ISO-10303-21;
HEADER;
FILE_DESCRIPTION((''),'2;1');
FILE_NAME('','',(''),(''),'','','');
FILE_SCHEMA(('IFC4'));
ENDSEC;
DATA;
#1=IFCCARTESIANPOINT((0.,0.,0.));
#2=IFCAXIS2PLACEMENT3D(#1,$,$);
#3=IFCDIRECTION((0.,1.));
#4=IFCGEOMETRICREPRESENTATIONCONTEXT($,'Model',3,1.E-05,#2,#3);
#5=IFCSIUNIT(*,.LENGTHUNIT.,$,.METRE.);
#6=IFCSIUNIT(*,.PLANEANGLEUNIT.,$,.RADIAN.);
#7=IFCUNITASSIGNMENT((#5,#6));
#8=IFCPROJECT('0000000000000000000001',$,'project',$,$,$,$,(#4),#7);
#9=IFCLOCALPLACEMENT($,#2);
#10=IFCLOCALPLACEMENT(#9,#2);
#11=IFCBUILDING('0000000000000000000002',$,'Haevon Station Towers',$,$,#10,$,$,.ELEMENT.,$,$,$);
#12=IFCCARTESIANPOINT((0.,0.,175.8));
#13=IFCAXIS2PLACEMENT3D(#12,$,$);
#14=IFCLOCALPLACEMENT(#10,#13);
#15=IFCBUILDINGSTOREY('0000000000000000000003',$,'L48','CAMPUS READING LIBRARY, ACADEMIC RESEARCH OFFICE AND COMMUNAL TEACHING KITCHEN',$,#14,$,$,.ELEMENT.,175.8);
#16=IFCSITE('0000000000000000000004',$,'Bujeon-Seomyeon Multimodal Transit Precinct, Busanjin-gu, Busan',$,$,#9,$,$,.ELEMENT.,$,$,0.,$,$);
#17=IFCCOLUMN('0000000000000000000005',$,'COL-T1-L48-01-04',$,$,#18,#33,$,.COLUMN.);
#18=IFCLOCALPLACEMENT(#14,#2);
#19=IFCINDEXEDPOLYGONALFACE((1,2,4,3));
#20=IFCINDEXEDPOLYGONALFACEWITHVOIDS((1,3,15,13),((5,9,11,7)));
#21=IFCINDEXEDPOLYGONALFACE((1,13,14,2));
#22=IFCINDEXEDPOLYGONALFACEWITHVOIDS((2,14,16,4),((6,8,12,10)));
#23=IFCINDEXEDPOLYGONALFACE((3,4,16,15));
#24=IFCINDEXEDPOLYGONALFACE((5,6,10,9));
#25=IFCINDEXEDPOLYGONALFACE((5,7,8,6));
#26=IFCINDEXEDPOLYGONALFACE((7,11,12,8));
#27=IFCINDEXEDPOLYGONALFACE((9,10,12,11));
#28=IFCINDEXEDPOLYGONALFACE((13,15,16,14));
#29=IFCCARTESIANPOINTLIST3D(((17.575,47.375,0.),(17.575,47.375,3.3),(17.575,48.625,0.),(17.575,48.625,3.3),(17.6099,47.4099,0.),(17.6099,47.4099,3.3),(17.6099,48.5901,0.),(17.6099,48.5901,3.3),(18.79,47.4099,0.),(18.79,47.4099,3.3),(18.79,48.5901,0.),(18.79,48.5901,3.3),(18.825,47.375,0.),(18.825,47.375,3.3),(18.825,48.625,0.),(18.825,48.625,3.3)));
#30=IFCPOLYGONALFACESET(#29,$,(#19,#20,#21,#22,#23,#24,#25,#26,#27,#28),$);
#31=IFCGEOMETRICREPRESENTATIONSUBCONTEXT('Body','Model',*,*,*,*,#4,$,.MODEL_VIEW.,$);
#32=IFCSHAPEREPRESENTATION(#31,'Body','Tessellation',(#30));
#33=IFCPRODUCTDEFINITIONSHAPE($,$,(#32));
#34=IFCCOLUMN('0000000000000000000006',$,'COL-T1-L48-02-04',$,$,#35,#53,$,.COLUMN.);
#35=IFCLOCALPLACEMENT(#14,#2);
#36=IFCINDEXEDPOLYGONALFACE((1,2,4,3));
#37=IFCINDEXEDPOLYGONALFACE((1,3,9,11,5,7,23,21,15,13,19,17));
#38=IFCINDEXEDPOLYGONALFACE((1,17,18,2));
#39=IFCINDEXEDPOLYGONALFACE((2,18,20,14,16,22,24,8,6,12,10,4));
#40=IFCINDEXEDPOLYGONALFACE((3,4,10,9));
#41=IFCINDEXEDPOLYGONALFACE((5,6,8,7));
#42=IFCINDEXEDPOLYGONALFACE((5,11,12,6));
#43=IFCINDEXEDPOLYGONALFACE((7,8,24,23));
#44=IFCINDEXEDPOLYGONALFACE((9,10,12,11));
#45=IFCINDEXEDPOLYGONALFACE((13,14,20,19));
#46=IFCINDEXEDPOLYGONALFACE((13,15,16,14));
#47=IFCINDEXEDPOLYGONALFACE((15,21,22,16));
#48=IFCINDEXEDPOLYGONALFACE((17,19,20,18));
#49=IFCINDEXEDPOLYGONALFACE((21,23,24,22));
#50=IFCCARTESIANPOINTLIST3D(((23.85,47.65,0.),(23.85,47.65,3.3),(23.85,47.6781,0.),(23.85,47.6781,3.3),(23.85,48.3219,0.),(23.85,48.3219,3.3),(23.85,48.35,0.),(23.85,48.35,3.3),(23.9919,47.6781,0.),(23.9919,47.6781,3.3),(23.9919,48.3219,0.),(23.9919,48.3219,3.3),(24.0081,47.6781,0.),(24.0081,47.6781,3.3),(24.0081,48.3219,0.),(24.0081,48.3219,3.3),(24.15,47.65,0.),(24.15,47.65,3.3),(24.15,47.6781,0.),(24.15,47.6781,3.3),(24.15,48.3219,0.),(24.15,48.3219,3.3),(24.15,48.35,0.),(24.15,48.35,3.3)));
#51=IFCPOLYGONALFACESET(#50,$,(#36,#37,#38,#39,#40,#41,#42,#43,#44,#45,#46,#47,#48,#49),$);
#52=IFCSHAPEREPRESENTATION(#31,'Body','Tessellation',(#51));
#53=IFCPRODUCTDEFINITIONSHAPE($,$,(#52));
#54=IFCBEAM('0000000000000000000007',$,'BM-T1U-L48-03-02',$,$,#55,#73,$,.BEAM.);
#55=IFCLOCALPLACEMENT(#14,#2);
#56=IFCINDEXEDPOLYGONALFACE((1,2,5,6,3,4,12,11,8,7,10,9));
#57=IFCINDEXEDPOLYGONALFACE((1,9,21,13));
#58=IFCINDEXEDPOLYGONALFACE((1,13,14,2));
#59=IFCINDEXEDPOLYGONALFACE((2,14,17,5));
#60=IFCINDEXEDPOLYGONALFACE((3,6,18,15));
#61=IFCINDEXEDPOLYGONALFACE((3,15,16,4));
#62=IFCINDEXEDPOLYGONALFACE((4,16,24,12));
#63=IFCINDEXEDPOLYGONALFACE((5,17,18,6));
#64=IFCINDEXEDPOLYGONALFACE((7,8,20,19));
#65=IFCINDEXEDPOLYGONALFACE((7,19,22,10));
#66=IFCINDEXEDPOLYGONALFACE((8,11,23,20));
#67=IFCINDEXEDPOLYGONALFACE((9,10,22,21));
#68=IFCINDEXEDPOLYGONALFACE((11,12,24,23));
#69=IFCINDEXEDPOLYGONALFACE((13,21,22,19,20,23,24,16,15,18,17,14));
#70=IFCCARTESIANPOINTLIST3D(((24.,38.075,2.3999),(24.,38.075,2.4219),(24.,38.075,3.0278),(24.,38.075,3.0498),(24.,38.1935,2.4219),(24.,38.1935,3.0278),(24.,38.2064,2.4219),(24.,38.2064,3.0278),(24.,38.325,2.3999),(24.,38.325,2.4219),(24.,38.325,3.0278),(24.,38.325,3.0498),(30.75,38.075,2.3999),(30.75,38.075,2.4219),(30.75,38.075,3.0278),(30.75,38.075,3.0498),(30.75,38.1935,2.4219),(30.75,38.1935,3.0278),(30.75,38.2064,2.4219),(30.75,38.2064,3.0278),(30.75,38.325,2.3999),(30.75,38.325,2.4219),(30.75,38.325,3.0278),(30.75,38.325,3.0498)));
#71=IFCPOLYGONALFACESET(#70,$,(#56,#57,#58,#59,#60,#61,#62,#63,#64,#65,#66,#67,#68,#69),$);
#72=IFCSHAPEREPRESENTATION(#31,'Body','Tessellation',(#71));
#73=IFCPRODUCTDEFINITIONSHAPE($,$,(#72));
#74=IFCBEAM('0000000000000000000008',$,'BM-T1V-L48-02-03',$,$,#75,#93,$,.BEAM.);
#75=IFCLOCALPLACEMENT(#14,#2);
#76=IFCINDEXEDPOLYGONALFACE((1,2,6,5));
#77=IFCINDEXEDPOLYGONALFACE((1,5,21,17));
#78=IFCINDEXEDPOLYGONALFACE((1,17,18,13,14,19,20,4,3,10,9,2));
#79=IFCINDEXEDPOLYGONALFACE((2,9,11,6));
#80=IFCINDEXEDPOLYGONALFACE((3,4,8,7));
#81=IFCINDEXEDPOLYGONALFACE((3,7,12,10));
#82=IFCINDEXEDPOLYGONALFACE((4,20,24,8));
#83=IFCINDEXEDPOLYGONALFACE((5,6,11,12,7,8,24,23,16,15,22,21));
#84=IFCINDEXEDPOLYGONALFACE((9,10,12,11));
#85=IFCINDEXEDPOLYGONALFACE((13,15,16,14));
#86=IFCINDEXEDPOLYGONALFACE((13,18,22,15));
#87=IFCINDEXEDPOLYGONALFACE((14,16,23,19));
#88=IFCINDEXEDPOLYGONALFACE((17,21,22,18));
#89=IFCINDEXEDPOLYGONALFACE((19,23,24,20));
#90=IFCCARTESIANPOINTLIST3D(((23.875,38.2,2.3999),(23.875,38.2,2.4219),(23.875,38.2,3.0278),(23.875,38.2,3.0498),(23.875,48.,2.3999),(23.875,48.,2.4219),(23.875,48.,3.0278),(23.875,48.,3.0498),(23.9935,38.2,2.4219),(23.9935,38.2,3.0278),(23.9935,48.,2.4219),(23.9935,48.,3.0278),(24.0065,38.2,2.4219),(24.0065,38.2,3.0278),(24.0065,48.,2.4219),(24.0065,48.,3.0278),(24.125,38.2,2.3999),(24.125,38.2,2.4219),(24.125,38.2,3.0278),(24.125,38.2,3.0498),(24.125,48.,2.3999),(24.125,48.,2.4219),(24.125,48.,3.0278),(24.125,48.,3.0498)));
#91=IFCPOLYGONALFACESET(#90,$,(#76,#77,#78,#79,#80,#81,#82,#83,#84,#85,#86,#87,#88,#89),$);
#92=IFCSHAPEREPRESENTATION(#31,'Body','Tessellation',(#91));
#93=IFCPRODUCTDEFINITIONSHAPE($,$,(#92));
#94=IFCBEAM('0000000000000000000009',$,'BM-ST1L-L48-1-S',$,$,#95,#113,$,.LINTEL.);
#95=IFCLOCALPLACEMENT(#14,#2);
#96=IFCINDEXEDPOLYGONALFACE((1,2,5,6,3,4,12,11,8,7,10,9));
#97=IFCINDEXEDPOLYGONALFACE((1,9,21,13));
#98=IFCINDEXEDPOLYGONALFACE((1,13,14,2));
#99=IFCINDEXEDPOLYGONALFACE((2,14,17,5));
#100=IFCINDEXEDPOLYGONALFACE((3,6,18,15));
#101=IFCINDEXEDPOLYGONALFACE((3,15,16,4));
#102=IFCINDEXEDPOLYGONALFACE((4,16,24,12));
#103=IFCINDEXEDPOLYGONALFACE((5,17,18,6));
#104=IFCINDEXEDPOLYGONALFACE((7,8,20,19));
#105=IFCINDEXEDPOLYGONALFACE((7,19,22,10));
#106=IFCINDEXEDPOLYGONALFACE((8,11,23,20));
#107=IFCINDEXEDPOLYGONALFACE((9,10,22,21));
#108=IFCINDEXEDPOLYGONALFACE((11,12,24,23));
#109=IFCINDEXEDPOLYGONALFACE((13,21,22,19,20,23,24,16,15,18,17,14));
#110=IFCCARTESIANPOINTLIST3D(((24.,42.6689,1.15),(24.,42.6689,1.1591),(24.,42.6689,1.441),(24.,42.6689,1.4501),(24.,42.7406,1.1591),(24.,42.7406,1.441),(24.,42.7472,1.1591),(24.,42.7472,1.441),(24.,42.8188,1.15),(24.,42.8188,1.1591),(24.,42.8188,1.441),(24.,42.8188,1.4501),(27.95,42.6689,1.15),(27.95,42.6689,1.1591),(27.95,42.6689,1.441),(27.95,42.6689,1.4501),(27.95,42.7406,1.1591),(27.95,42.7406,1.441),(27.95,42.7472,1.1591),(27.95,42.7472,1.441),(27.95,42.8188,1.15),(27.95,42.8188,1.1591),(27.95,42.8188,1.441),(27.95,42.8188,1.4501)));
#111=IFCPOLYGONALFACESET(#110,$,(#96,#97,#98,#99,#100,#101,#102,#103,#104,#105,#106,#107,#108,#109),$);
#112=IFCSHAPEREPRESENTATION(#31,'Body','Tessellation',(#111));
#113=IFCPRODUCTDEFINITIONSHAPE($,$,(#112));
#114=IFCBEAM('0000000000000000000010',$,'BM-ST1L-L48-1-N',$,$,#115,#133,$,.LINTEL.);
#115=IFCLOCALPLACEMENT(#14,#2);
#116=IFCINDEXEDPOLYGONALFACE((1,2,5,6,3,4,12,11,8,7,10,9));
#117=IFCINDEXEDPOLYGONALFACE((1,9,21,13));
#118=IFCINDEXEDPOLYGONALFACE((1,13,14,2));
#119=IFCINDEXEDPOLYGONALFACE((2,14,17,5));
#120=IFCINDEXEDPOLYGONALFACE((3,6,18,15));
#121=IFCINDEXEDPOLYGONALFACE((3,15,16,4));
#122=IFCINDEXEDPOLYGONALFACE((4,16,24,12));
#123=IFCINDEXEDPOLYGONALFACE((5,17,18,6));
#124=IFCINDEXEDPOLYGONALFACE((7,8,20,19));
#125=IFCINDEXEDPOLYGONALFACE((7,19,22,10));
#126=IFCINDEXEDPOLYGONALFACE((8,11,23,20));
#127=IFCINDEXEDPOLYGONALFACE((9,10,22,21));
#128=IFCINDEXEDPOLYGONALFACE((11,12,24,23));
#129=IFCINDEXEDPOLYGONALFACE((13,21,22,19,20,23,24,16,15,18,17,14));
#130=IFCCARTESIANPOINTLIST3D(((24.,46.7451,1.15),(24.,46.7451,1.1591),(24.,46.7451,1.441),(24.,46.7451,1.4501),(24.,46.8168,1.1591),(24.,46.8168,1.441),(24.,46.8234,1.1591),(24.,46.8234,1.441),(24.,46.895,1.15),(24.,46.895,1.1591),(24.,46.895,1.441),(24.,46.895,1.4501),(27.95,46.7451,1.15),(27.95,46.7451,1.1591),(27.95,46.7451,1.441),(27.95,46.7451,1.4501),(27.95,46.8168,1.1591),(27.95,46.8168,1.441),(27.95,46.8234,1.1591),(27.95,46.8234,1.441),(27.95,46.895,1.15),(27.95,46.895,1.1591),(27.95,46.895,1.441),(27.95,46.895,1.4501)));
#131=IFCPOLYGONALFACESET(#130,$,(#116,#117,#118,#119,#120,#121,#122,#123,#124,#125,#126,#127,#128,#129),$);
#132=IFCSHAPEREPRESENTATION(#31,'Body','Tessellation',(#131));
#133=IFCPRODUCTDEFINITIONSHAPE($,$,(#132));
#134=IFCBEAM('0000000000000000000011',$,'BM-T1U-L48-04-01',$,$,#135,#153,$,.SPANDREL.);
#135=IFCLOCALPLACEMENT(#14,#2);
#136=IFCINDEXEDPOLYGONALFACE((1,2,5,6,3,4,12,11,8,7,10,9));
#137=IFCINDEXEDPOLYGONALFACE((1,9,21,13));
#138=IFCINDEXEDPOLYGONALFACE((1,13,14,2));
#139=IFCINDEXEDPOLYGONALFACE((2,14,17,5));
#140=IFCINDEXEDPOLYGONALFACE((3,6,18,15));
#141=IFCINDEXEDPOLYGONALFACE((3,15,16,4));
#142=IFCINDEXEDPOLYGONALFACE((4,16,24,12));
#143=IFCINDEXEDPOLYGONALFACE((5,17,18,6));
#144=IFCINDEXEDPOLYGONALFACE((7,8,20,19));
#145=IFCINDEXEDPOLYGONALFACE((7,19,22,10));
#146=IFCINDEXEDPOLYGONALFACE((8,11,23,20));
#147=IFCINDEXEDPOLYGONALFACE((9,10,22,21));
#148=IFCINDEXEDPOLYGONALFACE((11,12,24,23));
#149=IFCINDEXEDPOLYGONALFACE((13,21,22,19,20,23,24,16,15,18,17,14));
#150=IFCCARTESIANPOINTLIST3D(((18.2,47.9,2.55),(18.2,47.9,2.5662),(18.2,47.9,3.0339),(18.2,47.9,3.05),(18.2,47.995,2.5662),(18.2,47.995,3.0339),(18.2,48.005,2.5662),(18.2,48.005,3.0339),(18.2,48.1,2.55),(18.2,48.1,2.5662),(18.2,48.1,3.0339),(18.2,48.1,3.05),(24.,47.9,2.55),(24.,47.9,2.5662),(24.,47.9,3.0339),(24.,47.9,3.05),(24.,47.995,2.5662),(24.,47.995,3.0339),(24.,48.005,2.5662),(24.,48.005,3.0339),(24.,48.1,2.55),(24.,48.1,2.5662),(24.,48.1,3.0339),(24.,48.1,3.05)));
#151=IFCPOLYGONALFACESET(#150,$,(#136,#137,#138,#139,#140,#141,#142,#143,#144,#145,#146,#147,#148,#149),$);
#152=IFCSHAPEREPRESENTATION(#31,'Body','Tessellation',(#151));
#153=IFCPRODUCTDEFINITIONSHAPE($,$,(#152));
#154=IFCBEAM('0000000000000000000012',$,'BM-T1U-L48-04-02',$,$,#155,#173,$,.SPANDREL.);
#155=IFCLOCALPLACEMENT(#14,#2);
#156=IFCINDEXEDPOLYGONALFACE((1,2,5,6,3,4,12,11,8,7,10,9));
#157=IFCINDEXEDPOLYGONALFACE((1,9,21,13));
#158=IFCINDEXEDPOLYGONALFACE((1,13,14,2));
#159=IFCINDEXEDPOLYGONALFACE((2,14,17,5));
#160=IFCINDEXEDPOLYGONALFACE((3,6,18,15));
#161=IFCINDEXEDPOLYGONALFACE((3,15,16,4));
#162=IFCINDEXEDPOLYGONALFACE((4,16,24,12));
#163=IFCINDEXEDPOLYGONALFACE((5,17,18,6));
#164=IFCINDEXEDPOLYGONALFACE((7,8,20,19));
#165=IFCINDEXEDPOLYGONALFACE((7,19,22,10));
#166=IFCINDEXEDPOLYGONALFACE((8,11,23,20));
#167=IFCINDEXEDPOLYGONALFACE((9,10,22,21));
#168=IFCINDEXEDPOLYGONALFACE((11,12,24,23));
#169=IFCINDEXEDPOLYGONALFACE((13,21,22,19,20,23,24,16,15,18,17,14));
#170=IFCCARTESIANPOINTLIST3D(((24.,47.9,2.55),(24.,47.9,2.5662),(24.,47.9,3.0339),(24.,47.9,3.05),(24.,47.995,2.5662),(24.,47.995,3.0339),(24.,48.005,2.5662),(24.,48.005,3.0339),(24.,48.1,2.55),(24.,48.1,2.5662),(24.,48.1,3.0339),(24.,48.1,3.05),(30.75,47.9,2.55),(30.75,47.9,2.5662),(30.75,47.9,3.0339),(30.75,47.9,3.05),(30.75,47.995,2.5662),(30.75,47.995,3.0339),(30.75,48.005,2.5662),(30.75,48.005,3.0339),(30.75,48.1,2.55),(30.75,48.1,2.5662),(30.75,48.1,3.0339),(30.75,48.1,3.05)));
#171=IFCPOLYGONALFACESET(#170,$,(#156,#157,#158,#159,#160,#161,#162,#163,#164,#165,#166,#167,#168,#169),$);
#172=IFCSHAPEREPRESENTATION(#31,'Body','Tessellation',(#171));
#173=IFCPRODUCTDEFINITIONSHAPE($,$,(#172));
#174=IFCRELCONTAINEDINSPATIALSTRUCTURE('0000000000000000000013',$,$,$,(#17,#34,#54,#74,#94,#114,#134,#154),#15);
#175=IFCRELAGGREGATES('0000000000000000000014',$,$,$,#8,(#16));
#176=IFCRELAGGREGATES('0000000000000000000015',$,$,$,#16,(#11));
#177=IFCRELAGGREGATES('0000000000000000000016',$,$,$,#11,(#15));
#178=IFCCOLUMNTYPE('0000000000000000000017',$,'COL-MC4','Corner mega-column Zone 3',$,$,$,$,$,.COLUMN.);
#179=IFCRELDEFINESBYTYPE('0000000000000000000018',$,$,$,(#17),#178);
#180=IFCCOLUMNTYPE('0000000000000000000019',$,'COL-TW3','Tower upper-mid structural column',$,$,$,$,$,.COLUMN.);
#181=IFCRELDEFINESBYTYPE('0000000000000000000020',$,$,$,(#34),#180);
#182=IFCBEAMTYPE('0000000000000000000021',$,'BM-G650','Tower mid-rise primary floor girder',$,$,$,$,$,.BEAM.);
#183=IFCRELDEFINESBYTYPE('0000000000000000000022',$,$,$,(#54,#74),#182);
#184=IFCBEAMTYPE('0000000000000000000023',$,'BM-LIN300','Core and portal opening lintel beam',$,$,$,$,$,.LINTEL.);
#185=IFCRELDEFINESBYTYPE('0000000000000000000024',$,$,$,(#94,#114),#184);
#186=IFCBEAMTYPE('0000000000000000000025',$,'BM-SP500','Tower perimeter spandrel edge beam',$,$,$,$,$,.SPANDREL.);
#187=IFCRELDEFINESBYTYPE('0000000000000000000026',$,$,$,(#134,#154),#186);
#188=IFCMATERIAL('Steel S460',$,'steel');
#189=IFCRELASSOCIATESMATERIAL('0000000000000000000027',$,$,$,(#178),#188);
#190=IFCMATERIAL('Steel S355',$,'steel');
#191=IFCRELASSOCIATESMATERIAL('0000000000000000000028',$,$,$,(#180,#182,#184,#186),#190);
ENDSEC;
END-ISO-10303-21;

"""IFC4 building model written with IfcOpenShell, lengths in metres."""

from ifc_helpers import new_model, si_unit, direction, frame, origin, origin_2d, place, context, subcontext, project, spatial, hollow_rectangle, i_section, extrude, material, material_profile, profile_set, type_object, element, save


model = new_model("IFC4")

# Units and contexts
model_context = context("Model", 3, precision=1e-05, world=origin(), true_north=direction((0.0, 1.0)))
body_context = subcontext(model_context, "Body", "Model", "MODEL_VIEW")
ifc_project = project(units=[si_unit("LENGTHUNIT", "METRE"), si_unit("PLANEANGLEUNIT", "RADIAN")], contexts=[model_context])

# Site, building, storey
site_placement = place(None, origin())
site = spatial("IfcSite", under=ifc_project, at=site_placement, Name="Bujeon-Seomyeon Multimodal Transit Precinct, Busanjin-gu, Busan", CompositionType="ELEMENT", RefElevation=0.0)
building_placement = place(site_placement, origin())
building = spatial("IfcBuilding", under=site, at=building_placement, Name="Haevon Station Towers", CompositionType="ELEMENT")
storey_placement = place(building_placement, frame((0.0, 0.0, 175.8)))
storey = spatial("IfcBuildingStorey", under=building, at=storey_placement, Name="L48", Description="CAMPUS READING LIBRARY, ACADEMIC RESEARCH OFFICE AND COMMUNAL TEACHING KITCHEN", CompositionType="ELEMENT", Elevation=175.8)

# Columns
ifc_material_1 = material(Name="Steel S460", Category="steel")
ifc_material_profile_1 = material_profile(ifc_material_1, hollow_rectangle(XDim=1.25, YDim=1.25, WallThickness=0.0349, at=origin_2d()), Name="BOX-1250x1250x35")
ifc_profile_set_1 = profile_set([ifc_material_profile_1], Name="Steel S460")
column_type_1 = type_object("IfcColumnType", Name="COL-MC4", Description="Corner mega-column Zone 3", PredefinedType="COLUMN", material=ifc_profile_set_1)
column_1_placement = place(storey_placement, frame((18.2, 48.0, 0.0), z_axis=(0.0, 0.0, 1.0), x_axis=(1.0, 0.0, 0.0)))
element("IfcColumn", 1, at=column_1_placement, inside=storey, type_object=column_type_1, Name="COL-T1-L48-01-04", PredefinedType="COLUMN", context=body_context, shape_type="SweptSolid", body=[
    extrude(hollow_rectangle(XDim=1.25, YDim=1.25, WallThickness=0.0349, at=origin_2d()), origin(), (0.0, 0.0, 1.0), 3.3),
])
ifc_material_2 = material(Name="Steel S355", Category="steel")
ifc_material_profile_2 = material_profile(ifc_material_2, i_section(OverallWidth=0.3, OverallDepth=0.7, WebThickness=0.0161, FlangeThickness=0.0281, at=origin_2d()), Name="H-700x300x16x28")
ifc_profile_set_2 = profile_set([ifc_material_profile_2], Name="Steel S355")
column_type_2 = type_object("IfcColumnType", Name="COL-TW3", Description="Tower upper-mid structural column", PredefinedType="COLUMN", material=ifc_profile_set_2)
column_2_placement = place(storey_placement, frame((24.0, 48.0, 0.0), z_axis=(0.0, 0.0, 1.0), x_axis=(1.0, 0.0, 0.0)))
element("IfcColumn", 2, at=column_2_placement, inside=storey, type_object=column_type_2, Name="COL-T1-L48-02-04", PredefinedType="COLUMN", context=body_context, shape_type="SweptSolid", body=[
    extrude(i_section(OverallWidth=0.3, OverallDepth=0.7, WebThickness=0.0161, FlangeThickness=0.0281, at=origin_2d()), origin(), (0.0, 0.0, 1.0), 3.3),
])

# Beams
ifc_material_profile_3 = material_profile(ifc_material_2, i_section(OverallWidth=0.25, OverallDepth=0.6499, WebThickness=0.0129, FlangeThickness=0.022, at=origin_2d()), Name="H-650x250x13x22")
ifc_profile_set_3 = profile_set([ifc_material_profile_3], Name="Steel S355")
beam_type_1 = type_object("IfcBeamType", Name="BM-G650", Description="Tower mid-rise primary floor girder", PredefinedType="BEAM", material=ifc_profile_set_3)
beam_1_placement = place(storey_placement, frame((24.0, 38.2, 2.7249), z_axis=(1.0, 0.0, 0.0), x_axis=(0.0, 1.0, 0.0)))
element("IfcBeam", 3, at=beam_1_placement, inside=storey, type_object=beam_type_1, Name="BM-T1U-L48-03-02", PredefinedType="BEAM", context=body_context, shape_type="SweptSolid", body=[
    extrude(i_section(OverallWidth=0.25, OverallDepth=0.6499, WebThickness=0.0129, FlangeThickness=0.022, at=origin_2d()), origin(), (0.0, 0.0, 1.0), 6.75),
])
beam_2_placement = place(storey_placement, frame((24.0, 38.2, 2.7249), z_axis=(0.0, 1.0, 0.0), x_axis=(-1.0, 0.0, 0.0)))
element("IfcBeam", 4, at=beam_2_placement, inside=storey, type_object=beam_type_1, Name="BM-T1V-L48-02-03", PredefinedType="BEAM", context=body_context, shape_type="SweptSolid", body=[
    extrude(i_section(OverallWidth=0.25, OverallDepth=0.6499, WebThickness=0.0129, FlangeThickness=0.022, at=origin_2d()), origin(), (0.0, 0.0, 1.0), 9.8),
])
ifc_material_profile_4 = material_profile(ifc_material_2, i_section(OverallWidth=0.1499, OverallDepth=0.3, WebThickness=0.0066, FlangeThickness=0.009, at=origin_2d()), Name="H-300x150x6.5x9")
ifc_profile_set_4 = profile_set([ifc_material_profile_4], Name="Steel S355")
beam_type_2 = type_object("IfcBeamType", Name="BM-LIN300", Description="Core and portal opening lintel beam", PredefinedType="LINTEL", material=ifc_profile_set_4)
for number, where, z_axis, x_axis, name in (
    (5, (24.0, 42.7439, 1.3), (1.0, 0.0, 0.0), (0.0, 1.0, 0.0), "BM-ST1L-L48-1-S"),
    (6, (24.0, 46.8201, 1.3), (1.0, 0.0, 0.0), (0.0, 1.0, 0.0), "BM-ST1L-L48-1-N"),
):
    element("IfcBeam", number, at=place(storey_placement, frame(where, z_axis=z_axis, x_axis=x_axis)), inside=storey, type_object=beam_type_2, Name=name, PredefinedType="LINTEL", context=body_context, shape_type="SweptSolid", body=[
        extrude(i_section(OverallWidth=0.1499, OverallDepth=0.3, WebThickness=0.0066, FlangeThickness=0.009, at=origin_2d()), origin(), (0.0, 0.0, 1.0), 3.95),
    ])
ifc_material_profile_5 = material_profile(ifc_material_2, i_section(OverallWidth=0.2, OverallDepth=0.5, WebThickness=0.01, FlangeThickness=0.0161, at=origin_2d()), Name="H-500x200x10x16")
ifc_profile_set_5 = profile_set([ifc_material_profile_5], Name="Steel S355")
beam_type_3 = type_object("IfcBeamType", Name="BM-SP500", Description="Tower perimeter spandrel edge beam", PredefinedType="SPANDREL", material=ifc_profile_set_5)
beam_3_placement = place(storey_placement, frame((18.2, 48.0, 2.8), z_axis=(1.0, 0.0, 0.0), x_axis=(0.0, 1.0, 0.0)))
element("IfcBeam", 7, at=beam_3_placement, inside=storey, type_object=beam_type_3, Name="BM-T1U-L48-04-01", PredefinedType="SPANDREL", context=body_context, shape_type="SweptSolid", body=[
    extrude(i_section(OverallWidth=0.2, OverallDepth=0.5, WebThickness=0.01, FlangeThickness=0.0161, at=origin_2d()), origin(), (0.0, 0.0, 1.0), 5.8),
])
beam_4_placement = place(storey_placement, frame((24.0, 48.0, 2.8), z_axis=(1.0, 0.0, 0.0), x_axis=(0.0, 1.0, 0.0)))
element("IfcBeam", 8, at=beam_4_placement, inside=storey, type_object=beam_type_3, Name="BM-T1U-L48-04-02", PredefinedType="SPANDREL", context=body_context, shape_type="SweptSolid", body=[
    extrude(i_section(OverallWidth=0.2, OverallDepth=0.5, WebThickness=0.01, FlangeThickness=0.0161, at=origin_2d()), origin(), (0.0, 0.0, 1.0), 6.75),
])

save(model, "model.ifc")
